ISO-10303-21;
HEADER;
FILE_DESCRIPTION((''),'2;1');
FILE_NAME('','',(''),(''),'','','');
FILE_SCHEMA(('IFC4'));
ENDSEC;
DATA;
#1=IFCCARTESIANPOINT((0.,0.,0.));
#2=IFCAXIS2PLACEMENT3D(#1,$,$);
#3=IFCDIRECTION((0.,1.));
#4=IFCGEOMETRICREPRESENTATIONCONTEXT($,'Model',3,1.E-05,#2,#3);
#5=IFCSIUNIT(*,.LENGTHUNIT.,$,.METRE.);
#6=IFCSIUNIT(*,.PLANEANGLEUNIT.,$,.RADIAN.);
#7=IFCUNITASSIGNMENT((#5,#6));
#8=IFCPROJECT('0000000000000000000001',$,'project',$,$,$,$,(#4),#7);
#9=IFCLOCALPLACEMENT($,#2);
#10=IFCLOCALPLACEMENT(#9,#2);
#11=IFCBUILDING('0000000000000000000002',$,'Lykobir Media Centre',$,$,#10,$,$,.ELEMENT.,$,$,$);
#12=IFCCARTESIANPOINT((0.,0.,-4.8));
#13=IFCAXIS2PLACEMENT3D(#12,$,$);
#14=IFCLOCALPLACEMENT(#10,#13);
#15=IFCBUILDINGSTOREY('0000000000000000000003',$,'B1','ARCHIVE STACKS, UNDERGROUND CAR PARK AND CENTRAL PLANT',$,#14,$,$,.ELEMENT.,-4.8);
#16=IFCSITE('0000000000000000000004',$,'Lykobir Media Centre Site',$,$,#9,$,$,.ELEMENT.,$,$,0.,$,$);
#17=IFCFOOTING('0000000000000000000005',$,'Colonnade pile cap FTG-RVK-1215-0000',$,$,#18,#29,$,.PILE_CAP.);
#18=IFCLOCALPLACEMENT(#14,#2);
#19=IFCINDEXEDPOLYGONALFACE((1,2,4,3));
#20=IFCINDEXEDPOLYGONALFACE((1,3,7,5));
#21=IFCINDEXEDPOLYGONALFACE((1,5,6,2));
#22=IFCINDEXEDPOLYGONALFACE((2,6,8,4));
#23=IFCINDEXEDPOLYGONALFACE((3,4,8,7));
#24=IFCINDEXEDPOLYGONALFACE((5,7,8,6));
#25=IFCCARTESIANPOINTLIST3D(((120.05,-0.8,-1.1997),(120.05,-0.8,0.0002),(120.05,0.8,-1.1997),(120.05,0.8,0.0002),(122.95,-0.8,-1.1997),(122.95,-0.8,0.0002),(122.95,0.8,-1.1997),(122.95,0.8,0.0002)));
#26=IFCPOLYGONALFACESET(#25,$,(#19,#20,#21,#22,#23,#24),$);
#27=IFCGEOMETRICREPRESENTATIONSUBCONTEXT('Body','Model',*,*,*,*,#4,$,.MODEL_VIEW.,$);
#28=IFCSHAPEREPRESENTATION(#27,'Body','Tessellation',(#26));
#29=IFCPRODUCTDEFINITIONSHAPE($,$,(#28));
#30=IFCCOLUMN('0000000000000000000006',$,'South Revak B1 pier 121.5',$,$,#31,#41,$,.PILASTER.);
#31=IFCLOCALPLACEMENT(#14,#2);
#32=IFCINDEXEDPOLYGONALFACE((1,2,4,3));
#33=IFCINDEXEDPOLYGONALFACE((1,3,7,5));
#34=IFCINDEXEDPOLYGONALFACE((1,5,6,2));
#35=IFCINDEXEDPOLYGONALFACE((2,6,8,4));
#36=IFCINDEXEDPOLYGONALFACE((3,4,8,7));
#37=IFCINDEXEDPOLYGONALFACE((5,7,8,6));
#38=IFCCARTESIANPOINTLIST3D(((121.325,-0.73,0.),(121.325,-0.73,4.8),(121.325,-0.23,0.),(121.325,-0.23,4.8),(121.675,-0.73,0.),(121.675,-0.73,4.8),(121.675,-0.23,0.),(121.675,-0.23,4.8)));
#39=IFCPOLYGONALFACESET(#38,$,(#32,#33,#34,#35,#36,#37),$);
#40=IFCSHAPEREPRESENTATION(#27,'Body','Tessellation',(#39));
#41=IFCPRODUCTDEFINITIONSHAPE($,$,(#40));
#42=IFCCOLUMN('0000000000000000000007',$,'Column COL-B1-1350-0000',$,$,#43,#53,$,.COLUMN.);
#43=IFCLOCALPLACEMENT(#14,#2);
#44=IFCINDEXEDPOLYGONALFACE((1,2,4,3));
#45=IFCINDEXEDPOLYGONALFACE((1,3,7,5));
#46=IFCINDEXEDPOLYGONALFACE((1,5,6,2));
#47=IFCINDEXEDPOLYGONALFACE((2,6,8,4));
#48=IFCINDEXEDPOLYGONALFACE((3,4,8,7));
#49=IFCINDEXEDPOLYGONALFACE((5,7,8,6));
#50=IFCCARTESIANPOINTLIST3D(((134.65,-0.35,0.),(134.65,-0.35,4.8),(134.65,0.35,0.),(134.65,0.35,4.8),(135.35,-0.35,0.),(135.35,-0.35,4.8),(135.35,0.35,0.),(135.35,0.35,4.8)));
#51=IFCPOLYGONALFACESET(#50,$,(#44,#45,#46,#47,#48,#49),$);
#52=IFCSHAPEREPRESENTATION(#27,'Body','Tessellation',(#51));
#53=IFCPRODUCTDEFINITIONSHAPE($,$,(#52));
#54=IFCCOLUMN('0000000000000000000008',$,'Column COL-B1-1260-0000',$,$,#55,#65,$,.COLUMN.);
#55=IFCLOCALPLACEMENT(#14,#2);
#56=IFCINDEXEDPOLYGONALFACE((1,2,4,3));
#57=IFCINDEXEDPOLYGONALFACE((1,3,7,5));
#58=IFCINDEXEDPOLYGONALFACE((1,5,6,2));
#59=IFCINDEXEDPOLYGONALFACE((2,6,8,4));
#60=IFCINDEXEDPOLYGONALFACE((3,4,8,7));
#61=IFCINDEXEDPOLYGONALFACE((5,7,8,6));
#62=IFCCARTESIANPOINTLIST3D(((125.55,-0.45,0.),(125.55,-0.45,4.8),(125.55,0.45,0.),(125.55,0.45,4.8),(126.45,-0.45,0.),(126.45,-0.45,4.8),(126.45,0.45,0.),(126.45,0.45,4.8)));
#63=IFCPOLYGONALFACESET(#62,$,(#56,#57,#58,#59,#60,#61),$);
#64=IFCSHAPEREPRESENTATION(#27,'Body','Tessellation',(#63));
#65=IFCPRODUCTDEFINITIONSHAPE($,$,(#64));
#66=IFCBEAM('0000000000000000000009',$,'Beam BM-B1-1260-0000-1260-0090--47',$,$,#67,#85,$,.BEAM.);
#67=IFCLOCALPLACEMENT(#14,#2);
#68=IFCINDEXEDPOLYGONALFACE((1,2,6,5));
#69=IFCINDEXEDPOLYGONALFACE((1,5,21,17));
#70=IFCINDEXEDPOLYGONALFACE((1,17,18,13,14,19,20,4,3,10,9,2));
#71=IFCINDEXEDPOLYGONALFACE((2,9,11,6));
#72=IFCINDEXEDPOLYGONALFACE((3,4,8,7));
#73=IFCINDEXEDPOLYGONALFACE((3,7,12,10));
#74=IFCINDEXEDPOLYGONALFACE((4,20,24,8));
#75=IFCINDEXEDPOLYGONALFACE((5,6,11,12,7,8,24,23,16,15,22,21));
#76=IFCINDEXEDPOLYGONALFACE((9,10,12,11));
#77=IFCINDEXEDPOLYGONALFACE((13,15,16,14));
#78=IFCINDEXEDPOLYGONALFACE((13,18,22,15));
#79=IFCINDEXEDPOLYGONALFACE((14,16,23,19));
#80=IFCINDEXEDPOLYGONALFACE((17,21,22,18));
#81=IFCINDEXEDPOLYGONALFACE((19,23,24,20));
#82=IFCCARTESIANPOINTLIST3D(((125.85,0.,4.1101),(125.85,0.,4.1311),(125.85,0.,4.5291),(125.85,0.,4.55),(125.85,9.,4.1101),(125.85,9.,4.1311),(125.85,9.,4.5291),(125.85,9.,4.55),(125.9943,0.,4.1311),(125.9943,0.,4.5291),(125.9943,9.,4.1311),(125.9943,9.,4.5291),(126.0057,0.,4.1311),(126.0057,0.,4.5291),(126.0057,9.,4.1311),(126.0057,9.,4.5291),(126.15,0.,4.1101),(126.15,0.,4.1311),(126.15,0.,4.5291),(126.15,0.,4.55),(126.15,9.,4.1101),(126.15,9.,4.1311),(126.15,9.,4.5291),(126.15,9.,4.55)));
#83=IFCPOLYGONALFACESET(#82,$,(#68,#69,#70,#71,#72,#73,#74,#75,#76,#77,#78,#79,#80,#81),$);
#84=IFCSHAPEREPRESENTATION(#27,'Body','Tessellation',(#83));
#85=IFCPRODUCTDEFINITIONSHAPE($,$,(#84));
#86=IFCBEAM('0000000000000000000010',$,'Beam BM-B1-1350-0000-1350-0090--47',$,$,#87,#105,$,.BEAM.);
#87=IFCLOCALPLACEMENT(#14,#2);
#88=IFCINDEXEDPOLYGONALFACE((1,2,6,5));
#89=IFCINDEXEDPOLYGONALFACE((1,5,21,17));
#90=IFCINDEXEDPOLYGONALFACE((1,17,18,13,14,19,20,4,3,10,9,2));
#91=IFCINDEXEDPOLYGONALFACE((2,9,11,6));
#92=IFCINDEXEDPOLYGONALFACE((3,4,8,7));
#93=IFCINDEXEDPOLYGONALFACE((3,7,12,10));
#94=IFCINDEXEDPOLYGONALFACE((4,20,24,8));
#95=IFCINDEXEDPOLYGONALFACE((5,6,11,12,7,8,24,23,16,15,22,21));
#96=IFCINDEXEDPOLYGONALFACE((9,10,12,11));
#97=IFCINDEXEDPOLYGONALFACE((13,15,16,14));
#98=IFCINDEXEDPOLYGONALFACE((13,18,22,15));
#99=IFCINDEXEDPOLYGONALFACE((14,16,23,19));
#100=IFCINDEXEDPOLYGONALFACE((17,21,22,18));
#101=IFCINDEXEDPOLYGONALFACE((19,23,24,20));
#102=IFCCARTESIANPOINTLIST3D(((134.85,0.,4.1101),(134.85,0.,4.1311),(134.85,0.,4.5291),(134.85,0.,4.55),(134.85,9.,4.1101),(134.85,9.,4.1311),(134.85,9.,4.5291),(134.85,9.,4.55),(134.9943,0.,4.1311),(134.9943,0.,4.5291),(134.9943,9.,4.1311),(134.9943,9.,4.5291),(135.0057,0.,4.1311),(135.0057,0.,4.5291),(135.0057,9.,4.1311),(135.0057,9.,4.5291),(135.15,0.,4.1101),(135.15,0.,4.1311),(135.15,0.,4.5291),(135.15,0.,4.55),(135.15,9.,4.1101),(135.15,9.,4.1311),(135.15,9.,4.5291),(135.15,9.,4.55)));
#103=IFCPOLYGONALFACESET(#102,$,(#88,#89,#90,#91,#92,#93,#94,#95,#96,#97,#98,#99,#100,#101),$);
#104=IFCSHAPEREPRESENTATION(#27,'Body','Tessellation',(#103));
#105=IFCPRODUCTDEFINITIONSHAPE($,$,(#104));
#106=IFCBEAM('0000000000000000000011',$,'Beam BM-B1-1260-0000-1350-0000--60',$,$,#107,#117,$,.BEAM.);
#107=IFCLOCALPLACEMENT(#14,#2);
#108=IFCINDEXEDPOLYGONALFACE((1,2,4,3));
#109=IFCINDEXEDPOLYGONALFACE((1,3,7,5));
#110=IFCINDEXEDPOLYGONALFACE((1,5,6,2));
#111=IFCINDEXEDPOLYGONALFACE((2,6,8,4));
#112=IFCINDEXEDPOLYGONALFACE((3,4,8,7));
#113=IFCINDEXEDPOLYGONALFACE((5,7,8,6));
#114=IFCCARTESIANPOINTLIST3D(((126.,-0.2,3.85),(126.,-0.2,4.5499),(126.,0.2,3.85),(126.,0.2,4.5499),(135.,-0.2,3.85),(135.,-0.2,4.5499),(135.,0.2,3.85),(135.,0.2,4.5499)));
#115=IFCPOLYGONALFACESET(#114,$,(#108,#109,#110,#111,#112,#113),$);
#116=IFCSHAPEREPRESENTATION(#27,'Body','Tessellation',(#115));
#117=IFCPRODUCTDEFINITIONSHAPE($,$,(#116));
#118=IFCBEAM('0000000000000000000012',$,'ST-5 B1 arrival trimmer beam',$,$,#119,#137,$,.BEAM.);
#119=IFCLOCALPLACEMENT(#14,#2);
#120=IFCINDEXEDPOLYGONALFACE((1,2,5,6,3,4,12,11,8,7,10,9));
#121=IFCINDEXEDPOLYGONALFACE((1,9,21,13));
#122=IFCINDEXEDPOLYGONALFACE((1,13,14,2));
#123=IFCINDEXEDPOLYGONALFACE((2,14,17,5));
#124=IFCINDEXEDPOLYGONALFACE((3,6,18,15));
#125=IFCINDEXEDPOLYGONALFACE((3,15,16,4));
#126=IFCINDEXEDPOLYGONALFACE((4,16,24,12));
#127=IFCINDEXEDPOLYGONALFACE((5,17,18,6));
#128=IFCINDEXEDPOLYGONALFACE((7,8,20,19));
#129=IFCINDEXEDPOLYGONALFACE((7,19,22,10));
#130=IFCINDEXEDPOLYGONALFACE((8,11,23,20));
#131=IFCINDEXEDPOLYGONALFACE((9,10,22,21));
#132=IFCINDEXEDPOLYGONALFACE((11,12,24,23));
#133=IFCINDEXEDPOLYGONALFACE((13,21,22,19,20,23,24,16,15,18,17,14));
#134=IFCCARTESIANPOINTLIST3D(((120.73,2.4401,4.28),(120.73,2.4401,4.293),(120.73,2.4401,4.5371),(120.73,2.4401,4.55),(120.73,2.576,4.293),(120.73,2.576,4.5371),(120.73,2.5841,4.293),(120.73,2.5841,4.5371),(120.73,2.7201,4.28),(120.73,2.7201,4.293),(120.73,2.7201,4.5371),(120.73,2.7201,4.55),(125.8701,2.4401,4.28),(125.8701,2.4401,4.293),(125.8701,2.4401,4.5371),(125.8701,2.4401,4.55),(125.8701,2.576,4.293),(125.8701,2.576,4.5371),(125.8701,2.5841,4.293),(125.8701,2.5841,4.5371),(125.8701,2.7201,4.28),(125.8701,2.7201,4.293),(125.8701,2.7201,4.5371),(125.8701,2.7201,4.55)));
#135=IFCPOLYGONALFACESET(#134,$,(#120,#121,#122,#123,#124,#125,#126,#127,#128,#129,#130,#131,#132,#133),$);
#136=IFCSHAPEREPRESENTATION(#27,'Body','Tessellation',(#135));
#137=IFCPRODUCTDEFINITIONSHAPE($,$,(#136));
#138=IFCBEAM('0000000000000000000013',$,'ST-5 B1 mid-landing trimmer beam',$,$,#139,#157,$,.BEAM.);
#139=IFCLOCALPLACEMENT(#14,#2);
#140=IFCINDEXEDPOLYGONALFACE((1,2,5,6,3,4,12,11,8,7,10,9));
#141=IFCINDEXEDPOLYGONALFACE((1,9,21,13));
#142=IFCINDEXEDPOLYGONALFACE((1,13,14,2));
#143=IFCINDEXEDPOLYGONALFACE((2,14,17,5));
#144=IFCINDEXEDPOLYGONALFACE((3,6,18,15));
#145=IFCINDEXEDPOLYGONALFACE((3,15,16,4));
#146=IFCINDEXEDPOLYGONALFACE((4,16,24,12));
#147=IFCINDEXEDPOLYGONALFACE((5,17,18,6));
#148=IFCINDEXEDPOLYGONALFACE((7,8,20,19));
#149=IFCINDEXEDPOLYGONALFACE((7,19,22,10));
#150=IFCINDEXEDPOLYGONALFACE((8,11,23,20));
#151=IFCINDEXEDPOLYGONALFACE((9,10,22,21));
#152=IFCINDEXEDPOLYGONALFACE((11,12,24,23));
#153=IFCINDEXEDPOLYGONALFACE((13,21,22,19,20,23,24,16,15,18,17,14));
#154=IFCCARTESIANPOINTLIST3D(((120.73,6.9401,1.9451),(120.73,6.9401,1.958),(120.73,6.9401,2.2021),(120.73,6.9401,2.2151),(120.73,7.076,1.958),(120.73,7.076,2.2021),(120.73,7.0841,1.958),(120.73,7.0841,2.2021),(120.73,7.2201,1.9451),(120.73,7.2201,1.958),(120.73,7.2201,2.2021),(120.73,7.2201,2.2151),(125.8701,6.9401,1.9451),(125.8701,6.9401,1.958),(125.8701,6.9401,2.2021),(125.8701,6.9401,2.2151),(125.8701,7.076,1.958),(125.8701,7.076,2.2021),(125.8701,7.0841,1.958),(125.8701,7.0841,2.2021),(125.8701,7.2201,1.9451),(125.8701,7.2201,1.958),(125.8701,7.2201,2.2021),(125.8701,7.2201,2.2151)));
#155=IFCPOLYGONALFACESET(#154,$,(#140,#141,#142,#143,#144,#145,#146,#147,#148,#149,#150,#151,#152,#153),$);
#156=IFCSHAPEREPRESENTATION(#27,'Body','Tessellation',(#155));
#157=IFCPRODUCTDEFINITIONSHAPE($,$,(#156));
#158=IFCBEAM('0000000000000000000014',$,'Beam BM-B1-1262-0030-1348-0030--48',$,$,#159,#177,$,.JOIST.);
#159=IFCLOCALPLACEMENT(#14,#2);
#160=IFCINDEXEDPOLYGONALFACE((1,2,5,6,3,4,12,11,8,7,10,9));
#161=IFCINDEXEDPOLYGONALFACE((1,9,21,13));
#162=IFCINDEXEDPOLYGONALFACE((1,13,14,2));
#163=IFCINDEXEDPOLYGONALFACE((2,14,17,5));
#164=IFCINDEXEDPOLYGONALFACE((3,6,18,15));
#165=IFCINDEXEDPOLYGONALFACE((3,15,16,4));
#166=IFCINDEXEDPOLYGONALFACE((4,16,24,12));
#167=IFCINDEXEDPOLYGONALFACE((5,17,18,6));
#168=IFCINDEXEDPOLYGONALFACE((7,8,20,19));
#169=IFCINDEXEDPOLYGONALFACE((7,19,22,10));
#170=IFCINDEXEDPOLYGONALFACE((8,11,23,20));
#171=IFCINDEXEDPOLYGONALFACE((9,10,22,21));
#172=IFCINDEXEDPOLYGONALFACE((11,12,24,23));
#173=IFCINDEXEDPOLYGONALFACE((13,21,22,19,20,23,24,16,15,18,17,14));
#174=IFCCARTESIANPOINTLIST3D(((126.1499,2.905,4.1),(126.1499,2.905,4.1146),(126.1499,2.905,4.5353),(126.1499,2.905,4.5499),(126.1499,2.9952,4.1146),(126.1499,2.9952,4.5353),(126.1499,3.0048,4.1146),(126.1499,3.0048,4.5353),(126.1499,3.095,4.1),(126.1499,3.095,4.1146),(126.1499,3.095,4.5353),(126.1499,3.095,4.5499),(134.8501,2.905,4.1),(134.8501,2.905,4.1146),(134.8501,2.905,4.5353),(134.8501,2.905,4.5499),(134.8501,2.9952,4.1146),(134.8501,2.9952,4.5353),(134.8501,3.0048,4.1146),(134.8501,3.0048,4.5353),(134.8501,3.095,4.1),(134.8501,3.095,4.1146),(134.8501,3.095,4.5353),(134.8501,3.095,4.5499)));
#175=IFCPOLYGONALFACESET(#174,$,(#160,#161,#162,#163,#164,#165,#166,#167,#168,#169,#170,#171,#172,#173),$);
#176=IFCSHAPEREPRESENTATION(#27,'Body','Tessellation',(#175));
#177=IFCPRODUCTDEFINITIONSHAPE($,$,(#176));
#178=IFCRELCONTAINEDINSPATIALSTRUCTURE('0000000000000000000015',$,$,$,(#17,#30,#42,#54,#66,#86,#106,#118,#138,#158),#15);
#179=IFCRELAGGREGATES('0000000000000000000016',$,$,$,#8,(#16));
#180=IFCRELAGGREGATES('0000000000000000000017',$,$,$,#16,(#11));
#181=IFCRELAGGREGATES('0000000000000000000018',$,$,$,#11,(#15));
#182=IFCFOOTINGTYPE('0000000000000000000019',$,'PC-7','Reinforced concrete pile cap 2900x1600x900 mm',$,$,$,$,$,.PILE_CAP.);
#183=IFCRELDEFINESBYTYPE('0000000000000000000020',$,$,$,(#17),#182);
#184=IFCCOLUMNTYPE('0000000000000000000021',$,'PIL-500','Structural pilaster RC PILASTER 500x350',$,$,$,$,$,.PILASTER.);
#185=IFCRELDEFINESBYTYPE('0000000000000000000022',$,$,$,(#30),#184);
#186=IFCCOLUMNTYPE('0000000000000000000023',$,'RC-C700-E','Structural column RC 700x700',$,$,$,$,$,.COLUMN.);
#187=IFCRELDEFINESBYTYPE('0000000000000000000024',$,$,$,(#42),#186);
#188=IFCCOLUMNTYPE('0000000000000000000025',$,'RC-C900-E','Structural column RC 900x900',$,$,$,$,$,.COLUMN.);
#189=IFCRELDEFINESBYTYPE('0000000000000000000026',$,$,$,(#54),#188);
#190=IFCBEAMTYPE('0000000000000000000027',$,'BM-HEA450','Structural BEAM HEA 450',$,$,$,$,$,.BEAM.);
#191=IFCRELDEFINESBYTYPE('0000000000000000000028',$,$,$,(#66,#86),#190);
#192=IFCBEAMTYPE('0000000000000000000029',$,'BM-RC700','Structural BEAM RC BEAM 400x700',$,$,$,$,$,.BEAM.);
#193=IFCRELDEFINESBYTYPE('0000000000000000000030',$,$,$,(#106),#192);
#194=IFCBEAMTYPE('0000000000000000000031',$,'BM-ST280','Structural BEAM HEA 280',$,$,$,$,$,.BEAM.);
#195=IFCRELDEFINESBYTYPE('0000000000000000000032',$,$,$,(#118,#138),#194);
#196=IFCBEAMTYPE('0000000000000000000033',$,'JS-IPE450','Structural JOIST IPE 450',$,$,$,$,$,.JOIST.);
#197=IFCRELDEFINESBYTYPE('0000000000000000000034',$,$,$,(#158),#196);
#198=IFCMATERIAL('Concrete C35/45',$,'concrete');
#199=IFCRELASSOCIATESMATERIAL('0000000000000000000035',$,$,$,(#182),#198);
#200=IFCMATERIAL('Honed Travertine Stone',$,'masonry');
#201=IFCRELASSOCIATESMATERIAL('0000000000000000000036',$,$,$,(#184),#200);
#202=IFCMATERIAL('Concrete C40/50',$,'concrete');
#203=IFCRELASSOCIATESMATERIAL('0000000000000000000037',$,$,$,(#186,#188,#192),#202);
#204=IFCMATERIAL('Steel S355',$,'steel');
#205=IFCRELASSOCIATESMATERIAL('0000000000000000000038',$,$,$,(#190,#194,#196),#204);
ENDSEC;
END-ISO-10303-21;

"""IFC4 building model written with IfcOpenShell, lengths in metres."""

from ifc_helpers import new_model, si_unit, direction, frame, origin, origin_2d, place, context, subcontext, project, spatial, rectangle, i_section, extrude, material, material_profile, profile_set, type_object, element, save


model = new_model("IFC4")

# Units and contexts
model_context = context("Model", 3, precision=1e-05, world=origin(), true_north=direction((0.0, 1.0)))
body_context = subcontext(model_context, "Body", "Model", "MODEL_VIEW")
ifc_project = project(units=[si_unit("LENGTHUNIT", "METRE"), si_unit("PLANEANGLEUNIT", "RADIAN")], contexts=[model_context])

# Site, building, storey
site_placement = place(None, origin())
site = spatial("IfcSite", under=ifc_project, at=site_placement, Name="Lykobir Media Centre Site", CompositionType="ELEMENT", RefElevation=0.0)
building_placement = place(site_placement, origin())
building = spatial("IfcBuilding", under=site, at=building_placement, Name="Lykobir Media Centre", CompositionType="ELEMENT")
storey_placement = place(building_placement, frame((0.0, 0.0, -4.8)))
storey = spatial("IfcBuildingStorey", under=building, at=storey_placement, Name="B1", Description="ARCHIVE STACKS, UNDERGROUND CAR PARK AND CENTRAL PLANT", CompositionType="ELEMENT", Elevation=-4.8)

# Footing
ifc_material_1 = material(Name="Concrete C35/45", Category="concrete")
footing_type_1 = type_object("IfcFootingType", Name="PC-7", Description="Reinforced concrete pile cap 2900x1600x900 mm", PredefinedType="PILE_CAP", material=ifc_material_1)
footing_1_placement = place(storey_placement, frame((121.5, 0.0, -1.1997), z_axis=(0.0, 0.0, 1.0), x_axis=(1.0, 0.0, 0.0)))
element("IfcFooting", 1, at=footing_1_placement, inside=storey, type_object=footing_type_1, Name="Colonnade pile cap FTG-RVK-1215-0000", PredefinedType="PILE_CAP", context=body_context, shape_type="SweptSolid", body=[
    extrude(rectangle(XDim=2.8999, YDim=1.6001, at=origin_2d()), origin(), (0.0, 0.0, 1.0), 1.2),
])

# Columns
ifc_material_2 = material(Name="Honed Travertine Stone", Category="masonry")
ifc_material_profile_1 = material_profile(ifc_material_2, rectangle(XDim=0.3501, YDim=0.5, at=origin_2d()), Name="RC PILASTER 500x350")
ifc_profile_set_1 = profile_set([ifc_material_profile_1], Name="Honed Travertine Stone")
column_type_1 = type_object("IfcColumnType", Name="PIL-500", Description="Structural pilaster RC PILASTER 500x350", PredefinedType="PILASTER", material=ifc_profile_set_1)
column_1_placement = place(storey_placement, frame((121.5, -0.48, 0.0), z_axis=(0.0, 0.0, 1.0), x_axis=(1.0, 0.0, 0.0)))
element("IfcColumn", 2, at=column_1_placement, inside=storey, type_object=column_type_1, Name="South Revak B1 pier 121.5", PredefinedType="PILASTER", context=body_context, shape_type="SweptSolid", body=[
    extrude(rectangle(XDim=0.3501, YDim=0.5, at=origin_2d()), origin(), (0.0, 0.0, 1.0), 4.8),
])
ifc_material_3 = material(Name="Concrete C40/50", Category="concrete")
ifc_material_profile_2 = material_profile(ifc_material_3, rectangle(XDim=0.7, YDim=0.7, at=origin_2d()), Name="RC 700x700")
ifc_profile_set_2 = profile_set([ifc_material_profile_2], Name="Concrete C40/50")
column_type_2 = type_object("IfcColumnType", Name="RC-C700-E", Description="Structural column RC 700x700", PredefinedType="COLUMN", material=ifc_profile_set_2)
column_2_placement = place(storey_placement, frame((135.0, 0.0, 0.0), z_axis=(0.0, 0.0, 1.0), x_axis=(1.0, 0.0, 0.0)))
element("IfcColumn", 3, at=column_2_placement, inside=storey, type_object=column_type_2, Name="Column COL-B1-1350-0000", PredefinedType="COLUMN", context=body_context, shape_type="SweptSolid", body=[
    extrude(rectangle(XDim=0.7, YDim=0.7, at=origin_2d()), origin(), (0.0, 0.0, 1.0), 4.8),
])
ifc_material_profile_3 = material_profile(ifc_material_3, rectangle(XDim=0.8999, YDim=0.8999, at=origin_2d()), Name="RC 900x900")
ifc_profile_set_3 = profile_set([ifc_material_profile_3], Name="Concrete C40/50")
column_type_3 = type_object("IfcColumnType", Name="RC-C900-E", Description="Structural column RC 900x900", PredefinedType="COLUMN", material=ifc_profile_set_3)
column_3_placement = place(storey_placement, frame((126.0, 0.0, 0.0), z_axis=(0.0, 0.0, 1.0), x_axis=(1.0, 0.0, 0.0)))
element("IfcColumn", 4, at=column_3_placement, inside=storey, type_object=column_type_3, Name="Column COL-B1-1260-0000", PredefinedType="COLUMN", context=body_context, shape_type="SweptSolid", body=[
    extrude(rectangle(XDim=0.8999, YDim=0.8999, at=origin_2d()), origin(), (0.0, 0.0, 1.0), 4.8),
])

# Beams
ifc_material_4 = material(Name="Steel S355", Category="steel")
ifc_material_profile_4 = material_profile(ifc_material_4, i_section(OverallWidth=0.3, OverallDepth=0.4399, WebThickness=0.0115, FlangeThickness=0.021, at=origin_2d()), Name="HEA 450")
ifc_profile_set_4 = profile_set([ifc_material_profile_4], Name="Steel S355")
beam_type_1 = type_object("IfcBeamType", Name="BM-HEA450", Description="Structural BEAM HEA 450", PredefinedType="BEAM", material=ifc_profile_set_4)
for number, where, z_axis, x_axis, name in (
    (5, (126.0, 0.0, 4.3301), (0.0, 1.0, 0.0), (-1.0, 0.0, 0.0), "Beam BM-B1-1260-0000-1260-0090--47"),
    (6, (135.0, 0.0, 4.3301), (0.0, 1.0, 0.0), (-1.0, 0.0, 0.0), "Beam BM-B1-1350-0000-1350-0090--47"),
):
    element("IfcBeam", number, at=place(storey_placement, frame(where, z_axis=z_axis, x_axis=x_axis)), inside=storey, type_object=beam_type_1, Name=name, PredefinedType="BEAM", context=body_context, shape_type="SweptSolid", body=[
        extrude(i_section(OverallWidth=0.3, OverallDepth=0.4399, WebThickness=0.0115, FlangeThickness=0.021, at=origin_2d()), origin(), (0.0, 0.0, 1.0), 9.0),
    ])
ifc_material_profile_5 = material_profile(ifc_material_3, rectangle(XDim=0.3999, YDim=0.7, at=origin_2d()), Name="RC BEAM 400x700")
ifc_profile_set_5 = profile_set([ifc_material_profile_5], Name="Concrete C40/50")
beam_type_2 = type_object("IfcBeamType", Name="BM-RC700", Description="Structural BEAM RC BEAM 400x700", PredefinedType="BEAM", material=ifc_profile_set_5)
beam_1_placement = place(storey_placement, frame((126.0, 0.0, 4.2), z_axis=(1.0, 0.0, 0.0), x_axis=(0.0, 1.0, 0.0)))
element("IfcBeam", 7, at=beam_1_placement, inside=storey, type_object=beam_type_2, Name="Beam BM-B1-1260-0000-1350-0000--60", PredefinedType="BEAM", context=body_context, shape_type="SweptSolid", body=[
    extrude(rectangle(XDim=0.3999, YDim=0.7, at=origin_2d()), origin(), (0.0, 0.0, 1.0), 9.0),
])
ifc_material_profile_6 = material_profile(ifc_material_4, i_section(OverallWidth=0.28, OverallDepth=0.27, WebThickness=0.0081, FlangeThickness=0.0129, at=origin_2d()), Name="HEA 280")
ifc_profile_set_6 = profile_set([ifc_material_profile_6], Name="Steel S355")
beam_type_3 = type_object("IfcBeamType", Name="BM-ST280", Description="Structural BEAM HEA 280", PredefinedType="BEAM", material=ifc_profile_set_6)
for number, where, z_axis, x_axis, name in (
    (8, (120.73, 2.5801, 4.415), (1.0, 0.0, 0.0), (0.0, 1.0, 0.0), "ST-5 B1 arrival trimmer beam"),
    (9, (120.73, 7.0801, 2.0801), (1.0, 0.0, 0.0), (0.0, 1.0, 0.0), "ST-5 B1 mid-landing trimmer beam"),
):
    element("IfcBeam", number, at=place(storey_placement, frame(where, z_axis=z_axis, x_axis=x_axis)), inside=storey, type_object=beam_type_3, Name=name, PredefinedType="BEAM", context=body_context, shape_type="SweptSolid", body=[
        extrude(i_section(OverallWidth=0.28, OverallDepth=0.27, WebThickness=0.0081, FlangeThickness=0.0129, at=origin_2d()), origin(), (0.0, 0.0, 1.0), 5.1401),
    ])
ifc_material_profile_7 = material_profile(ifc_material_4, i_section(OverallWidth=0.1899, OverallDepth=0.45, WebThickness=0.0095, FlangeThickness=0.0146, at=origin_2d()), Name="IPE 450")
ifc_profile_set_7 = profile_set([ifc_material_profile_7], Name="Steel S355")
beam_type_4 = type_object("IfcBeamType", Name="JS-IPE450", Description="Structural JOIST IPE 450", PredefinedType="JOIST", material=ifc_profile_set_7)
for number, where, z_axis, x_axis, name in (
    (10, (126.1499, 3.0, 4.325), (1.0, 0.0, 0.0), (0.0, 1.0, 0.0), "Beam BM-B1-1262-0030-1348-0030--48"),
):
    element("IfcBeam", number, at=place(storey_placement, frame(where, z_axis=z_axis, x_axis=x_axis)), inside=storey, type_object=beam_type_4, Name=name, PredefinedType="JOIST", context=body_context, shape_type="SweptSolid", body=[
        extrude(i_section(OverallWidth=0.1899, OverallDepth=0.45, WebThickness=0.0095, FlangeThickness=0.0146, at=origin_2d()), origin(), (0.0, 0.0, 1.0), 8.7002),
    ])

save(model, "model.ifc")
